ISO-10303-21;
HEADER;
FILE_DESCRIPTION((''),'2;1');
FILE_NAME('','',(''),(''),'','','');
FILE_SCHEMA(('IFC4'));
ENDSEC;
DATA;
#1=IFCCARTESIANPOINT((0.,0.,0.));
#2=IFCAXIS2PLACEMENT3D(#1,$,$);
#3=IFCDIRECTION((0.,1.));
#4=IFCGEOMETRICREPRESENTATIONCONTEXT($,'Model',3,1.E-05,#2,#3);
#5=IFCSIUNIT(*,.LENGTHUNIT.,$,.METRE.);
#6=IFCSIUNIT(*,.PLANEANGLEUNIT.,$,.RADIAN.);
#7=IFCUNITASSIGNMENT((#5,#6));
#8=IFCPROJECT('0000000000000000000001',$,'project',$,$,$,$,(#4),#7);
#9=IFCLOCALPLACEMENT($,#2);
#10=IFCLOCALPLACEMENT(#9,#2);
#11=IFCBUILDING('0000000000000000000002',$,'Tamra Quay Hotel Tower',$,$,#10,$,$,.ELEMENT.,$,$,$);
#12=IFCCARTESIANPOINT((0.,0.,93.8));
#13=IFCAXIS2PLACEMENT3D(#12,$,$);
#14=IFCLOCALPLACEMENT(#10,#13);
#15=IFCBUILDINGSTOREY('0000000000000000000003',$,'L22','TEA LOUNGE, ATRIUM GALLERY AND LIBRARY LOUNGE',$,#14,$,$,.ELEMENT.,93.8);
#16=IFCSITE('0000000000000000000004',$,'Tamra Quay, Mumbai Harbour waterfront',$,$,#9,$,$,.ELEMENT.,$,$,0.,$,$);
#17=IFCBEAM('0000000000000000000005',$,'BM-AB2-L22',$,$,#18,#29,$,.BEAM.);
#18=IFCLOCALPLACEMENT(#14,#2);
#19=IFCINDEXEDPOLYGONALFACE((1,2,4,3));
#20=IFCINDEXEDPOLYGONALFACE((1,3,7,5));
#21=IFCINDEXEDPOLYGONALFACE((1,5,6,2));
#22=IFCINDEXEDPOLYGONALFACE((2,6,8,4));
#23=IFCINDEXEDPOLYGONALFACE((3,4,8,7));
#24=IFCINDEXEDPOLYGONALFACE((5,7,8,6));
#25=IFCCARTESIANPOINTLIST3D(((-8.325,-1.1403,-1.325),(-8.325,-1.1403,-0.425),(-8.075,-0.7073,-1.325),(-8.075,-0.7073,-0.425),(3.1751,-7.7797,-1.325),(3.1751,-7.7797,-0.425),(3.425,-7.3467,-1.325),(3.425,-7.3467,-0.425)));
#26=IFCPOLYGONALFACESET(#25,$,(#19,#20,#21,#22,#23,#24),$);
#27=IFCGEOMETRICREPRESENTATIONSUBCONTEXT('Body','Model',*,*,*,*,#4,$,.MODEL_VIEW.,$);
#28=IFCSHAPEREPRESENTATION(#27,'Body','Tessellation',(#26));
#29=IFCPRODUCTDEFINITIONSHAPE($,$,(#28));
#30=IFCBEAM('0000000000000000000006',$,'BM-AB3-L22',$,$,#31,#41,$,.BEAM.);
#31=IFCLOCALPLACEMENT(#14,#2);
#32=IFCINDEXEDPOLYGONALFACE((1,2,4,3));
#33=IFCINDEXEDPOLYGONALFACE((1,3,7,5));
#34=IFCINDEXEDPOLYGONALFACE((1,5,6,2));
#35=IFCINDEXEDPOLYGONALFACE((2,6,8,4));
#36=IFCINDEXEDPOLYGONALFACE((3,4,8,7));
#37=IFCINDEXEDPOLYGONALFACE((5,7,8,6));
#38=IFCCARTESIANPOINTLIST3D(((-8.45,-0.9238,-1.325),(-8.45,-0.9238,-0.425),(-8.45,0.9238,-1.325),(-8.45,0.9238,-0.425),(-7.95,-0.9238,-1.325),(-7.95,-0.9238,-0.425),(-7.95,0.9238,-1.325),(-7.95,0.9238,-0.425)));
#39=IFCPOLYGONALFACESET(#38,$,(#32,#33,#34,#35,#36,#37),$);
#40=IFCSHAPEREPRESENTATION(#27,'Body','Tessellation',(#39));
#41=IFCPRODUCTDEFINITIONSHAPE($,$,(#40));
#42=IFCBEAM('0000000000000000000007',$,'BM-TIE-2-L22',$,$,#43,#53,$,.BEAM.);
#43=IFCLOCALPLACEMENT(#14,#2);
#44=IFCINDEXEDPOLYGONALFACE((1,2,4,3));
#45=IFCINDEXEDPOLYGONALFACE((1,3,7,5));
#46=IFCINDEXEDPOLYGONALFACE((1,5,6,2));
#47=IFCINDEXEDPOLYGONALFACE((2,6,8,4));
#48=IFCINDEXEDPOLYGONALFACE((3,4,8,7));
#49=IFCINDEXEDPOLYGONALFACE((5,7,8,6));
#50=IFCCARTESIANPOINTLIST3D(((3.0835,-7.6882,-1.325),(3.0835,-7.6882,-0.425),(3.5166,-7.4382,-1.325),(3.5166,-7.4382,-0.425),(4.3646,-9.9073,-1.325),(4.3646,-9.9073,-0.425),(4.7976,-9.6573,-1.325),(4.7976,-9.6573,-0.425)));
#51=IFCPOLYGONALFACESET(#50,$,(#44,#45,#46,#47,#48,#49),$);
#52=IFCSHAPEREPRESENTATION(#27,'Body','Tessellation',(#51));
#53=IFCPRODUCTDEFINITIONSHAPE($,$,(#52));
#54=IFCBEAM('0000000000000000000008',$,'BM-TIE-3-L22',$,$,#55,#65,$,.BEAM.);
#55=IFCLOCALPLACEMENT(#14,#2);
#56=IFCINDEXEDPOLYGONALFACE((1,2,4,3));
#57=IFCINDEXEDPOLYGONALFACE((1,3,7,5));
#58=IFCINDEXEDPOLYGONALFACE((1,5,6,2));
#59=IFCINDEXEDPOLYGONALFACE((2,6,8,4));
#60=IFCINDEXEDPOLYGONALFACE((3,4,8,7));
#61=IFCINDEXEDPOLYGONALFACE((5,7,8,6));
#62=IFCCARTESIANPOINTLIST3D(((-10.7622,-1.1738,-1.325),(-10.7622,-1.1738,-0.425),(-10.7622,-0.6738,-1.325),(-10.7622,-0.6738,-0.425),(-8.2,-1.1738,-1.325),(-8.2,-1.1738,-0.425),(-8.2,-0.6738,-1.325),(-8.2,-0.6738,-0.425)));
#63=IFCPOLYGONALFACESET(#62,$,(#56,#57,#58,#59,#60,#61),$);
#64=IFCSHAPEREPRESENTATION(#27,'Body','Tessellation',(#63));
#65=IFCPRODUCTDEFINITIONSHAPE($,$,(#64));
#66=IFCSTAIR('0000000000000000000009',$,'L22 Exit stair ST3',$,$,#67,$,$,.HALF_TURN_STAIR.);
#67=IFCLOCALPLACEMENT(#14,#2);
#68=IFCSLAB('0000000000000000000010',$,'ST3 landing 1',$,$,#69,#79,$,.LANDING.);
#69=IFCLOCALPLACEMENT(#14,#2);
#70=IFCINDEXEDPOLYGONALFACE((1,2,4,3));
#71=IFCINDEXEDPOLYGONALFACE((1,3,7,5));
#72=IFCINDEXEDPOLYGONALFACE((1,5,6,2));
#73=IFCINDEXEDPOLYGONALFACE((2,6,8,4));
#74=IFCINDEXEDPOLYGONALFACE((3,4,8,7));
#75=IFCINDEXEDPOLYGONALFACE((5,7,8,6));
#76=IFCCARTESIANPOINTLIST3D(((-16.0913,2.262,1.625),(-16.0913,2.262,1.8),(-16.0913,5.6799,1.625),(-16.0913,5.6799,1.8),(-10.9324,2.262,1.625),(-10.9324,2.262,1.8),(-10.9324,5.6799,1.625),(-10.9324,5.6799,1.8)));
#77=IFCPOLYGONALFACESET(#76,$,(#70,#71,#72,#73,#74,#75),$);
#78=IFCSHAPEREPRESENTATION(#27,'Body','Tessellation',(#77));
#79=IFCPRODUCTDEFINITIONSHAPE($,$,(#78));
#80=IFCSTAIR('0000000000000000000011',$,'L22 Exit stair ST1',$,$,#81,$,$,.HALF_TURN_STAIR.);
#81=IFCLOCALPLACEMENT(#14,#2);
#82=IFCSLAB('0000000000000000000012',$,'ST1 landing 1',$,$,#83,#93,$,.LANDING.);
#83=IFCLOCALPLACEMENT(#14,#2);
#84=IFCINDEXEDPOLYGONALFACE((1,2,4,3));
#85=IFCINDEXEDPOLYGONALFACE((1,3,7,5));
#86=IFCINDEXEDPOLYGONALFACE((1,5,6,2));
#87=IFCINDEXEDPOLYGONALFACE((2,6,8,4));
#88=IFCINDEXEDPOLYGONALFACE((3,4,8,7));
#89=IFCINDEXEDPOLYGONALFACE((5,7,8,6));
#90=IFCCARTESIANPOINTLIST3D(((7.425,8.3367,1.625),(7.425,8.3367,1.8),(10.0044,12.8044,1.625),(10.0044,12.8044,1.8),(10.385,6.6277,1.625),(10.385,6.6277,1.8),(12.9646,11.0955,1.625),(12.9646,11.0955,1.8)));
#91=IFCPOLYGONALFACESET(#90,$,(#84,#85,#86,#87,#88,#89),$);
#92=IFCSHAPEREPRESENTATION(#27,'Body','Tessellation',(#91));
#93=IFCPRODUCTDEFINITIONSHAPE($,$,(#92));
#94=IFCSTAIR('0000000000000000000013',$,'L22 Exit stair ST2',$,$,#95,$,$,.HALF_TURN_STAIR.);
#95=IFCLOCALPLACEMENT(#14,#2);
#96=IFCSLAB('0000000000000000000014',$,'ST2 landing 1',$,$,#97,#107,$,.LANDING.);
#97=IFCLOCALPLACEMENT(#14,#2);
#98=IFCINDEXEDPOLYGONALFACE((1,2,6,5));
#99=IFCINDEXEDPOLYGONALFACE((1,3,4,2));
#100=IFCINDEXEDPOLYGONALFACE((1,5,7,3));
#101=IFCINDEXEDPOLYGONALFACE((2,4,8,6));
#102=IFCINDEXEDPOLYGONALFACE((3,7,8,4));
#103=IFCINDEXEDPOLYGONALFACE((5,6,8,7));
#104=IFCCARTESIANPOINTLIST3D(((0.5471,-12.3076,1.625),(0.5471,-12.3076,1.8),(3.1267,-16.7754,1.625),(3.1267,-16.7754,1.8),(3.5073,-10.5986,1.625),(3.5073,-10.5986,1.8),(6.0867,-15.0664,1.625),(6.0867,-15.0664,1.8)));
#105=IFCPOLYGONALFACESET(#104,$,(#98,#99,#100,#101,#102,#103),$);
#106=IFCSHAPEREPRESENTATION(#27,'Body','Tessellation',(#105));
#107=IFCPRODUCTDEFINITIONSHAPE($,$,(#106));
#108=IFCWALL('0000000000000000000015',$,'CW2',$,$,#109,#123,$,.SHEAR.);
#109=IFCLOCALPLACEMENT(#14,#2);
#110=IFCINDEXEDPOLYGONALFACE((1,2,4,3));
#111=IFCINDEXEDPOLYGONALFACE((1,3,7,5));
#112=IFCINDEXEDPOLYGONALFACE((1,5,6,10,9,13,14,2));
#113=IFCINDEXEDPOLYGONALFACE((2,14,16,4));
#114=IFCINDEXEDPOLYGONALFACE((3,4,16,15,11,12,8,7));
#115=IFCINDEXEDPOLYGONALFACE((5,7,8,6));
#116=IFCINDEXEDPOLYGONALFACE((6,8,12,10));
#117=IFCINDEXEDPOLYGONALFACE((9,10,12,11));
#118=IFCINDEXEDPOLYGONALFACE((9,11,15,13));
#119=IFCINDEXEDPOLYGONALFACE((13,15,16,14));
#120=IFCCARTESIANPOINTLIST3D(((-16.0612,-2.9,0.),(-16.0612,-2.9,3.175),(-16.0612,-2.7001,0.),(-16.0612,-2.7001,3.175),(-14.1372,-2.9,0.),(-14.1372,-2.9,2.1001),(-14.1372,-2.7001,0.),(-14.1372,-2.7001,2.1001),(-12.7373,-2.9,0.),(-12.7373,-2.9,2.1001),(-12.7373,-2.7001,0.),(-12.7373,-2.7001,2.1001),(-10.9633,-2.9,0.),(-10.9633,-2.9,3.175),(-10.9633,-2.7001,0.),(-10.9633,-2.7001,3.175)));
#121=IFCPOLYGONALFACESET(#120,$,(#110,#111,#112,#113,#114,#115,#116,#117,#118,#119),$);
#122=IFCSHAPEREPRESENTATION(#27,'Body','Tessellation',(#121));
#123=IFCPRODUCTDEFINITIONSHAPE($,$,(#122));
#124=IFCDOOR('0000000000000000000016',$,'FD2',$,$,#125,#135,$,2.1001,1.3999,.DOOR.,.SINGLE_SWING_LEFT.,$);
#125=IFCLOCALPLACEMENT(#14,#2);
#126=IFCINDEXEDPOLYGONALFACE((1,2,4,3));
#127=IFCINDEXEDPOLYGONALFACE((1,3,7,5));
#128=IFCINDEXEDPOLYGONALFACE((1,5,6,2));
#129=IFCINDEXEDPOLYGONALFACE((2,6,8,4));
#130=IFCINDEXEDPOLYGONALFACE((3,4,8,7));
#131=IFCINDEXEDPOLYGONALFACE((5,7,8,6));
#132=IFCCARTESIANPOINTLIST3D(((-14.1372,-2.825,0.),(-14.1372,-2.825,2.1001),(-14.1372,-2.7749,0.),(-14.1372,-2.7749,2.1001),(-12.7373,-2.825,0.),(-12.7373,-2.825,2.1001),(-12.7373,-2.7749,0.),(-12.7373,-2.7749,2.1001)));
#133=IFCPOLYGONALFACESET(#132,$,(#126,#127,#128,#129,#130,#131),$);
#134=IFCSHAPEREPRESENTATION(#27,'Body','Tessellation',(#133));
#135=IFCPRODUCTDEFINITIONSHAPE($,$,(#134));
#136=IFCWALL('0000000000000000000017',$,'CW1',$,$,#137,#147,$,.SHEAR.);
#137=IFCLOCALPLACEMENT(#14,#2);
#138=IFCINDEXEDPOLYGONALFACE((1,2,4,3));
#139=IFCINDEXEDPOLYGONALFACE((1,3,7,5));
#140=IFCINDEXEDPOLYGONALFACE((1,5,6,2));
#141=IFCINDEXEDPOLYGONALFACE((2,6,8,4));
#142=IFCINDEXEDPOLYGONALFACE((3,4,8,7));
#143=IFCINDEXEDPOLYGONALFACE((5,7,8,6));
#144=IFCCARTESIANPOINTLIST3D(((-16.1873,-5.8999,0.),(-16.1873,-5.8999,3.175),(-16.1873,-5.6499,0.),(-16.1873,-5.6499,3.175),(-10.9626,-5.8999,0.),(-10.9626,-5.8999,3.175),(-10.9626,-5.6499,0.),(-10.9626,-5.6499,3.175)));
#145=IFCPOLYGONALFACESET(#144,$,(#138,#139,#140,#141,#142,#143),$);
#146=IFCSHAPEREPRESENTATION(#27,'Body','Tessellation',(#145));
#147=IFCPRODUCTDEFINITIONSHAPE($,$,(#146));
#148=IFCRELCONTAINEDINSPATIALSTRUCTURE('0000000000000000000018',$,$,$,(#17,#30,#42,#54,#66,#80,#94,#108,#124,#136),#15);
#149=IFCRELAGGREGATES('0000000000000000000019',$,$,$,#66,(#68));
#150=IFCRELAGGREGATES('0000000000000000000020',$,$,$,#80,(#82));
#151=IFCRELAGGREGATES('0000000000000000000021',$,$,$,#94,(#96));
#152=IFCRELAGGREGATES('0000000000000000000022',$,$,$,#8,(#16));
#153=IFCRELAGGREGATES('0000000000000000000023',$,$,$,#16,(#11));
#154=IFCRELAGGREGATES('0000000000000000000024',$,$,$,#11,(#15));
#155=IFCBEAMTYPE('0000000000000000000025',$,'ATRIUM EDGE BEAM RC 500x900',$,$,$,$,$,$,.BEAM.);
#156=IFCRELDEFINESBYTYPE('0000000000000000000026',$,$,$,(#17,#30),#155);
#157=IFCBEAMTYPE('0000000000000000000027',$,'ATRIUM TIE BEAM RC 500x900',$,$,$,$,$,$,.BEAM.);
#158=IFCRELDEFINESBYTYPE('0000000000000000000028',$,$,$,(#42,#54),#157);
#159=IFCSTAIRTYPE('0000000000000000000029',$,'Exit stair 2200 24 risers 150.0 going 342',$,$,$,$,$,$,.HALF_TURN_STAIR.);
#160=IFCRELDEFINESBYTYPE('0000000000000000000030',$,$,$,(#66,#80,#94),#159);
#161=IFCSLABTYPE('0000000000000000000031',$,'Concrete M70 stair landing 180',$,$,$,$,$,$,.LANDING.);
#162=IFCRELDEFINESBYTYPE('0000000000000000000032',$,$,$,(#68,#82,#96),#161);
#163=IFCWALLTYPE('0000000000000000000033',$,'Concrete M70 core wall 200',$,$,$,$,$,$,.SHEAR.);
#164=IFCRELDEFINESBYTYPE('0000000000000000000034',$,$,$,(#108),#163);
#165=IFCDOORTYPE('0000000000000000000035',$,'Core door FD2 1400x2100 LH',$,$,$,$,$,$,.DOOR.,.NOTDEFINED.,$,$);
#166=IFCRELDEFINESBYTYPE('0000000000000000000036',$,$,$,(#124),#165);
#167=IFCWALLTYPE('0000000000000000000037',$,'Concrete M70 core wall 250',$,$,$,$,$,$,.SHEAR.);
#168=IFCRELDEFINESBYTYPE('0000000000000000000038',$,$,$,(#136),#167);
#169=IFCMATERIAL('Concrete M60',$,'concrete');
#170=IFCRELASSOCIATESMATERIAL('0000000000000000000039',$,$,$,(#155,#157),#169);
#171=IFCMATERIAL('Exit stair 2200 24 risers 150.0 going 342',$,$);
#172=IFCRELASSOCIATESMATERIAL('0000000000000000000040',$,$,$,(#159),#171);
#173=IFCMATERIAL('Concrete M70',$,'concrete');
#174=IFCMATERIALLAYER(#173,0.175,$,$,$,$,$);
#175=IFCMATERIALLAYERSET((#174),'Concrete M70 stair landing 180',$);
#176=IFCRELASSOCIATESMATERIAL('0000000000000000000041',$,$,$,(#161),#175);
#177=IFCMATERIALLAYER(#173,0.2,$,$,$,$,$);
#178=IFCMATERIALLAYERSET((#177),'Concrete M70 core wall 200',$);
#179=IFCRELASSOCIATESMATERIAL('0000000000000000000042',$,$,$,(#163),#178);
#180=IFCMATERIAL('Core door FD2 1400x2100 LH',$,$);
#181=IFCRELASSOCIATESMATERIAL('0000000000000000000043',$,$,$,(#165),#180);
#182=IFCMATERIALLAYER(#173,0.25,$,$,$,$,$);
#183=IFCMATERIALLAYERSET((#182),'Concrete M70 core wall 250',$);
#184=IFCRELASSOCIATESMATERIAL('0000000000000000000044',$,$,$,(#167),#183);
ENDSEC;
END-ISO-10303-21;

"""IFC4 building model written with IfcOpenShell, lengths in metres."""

from ifc_helpers import new_model, si_unit, direction, frame, frame_2d, origin, origin_2d, place, context, subcontext, project, spatial, polyline, rectangle, outline, extrude, material, layer, layer_set, material_profile, profile_set, type_object, element, fill, aggregate, save


model = new_model("IFC4")

# Units and contexts
model_context = context("Model", 3, precision=1e-05, world=origin(), true_north=direction((0.0, 1.0)))
body_context = subcontext(model_context, "Body", "Model", "MODEL_VIEW")
ifc_project = project(units=[si_unit("LENGTHUNIT", "METRE"), si_unit("PLANEANGLEUNIT", "RADIAN")], contexts=[model_context])

# Site, building, storey
site_placement = place(None, origin())
site = spatial("IfcSite", under=ifc_project, at=site_placement, Name="Tamra Quay, Mumbai Harbour waterfront", CompositionType="ELEMENT", RefElevation=0.0)
building_placement = place(site_placement, origin())
building = spatial("IfcBuilding", under=site, at=building_placement, Name="Tamra Quay Hotel Tower", CompositionType="ELEMENT")
storey_placement = place(building_placement, frame((0.0, 0.0, 93.8)))
storey = spatial("IfcBuildingStorey", under=building, at=storey_placement, Name="L22", Description="TEA LOUNGE, ATRIUM GALLERY AND LIBRARY LOUNGE", CompositionType="ELEMENT", Elevation=93.8)

# Beams
ifc_material_1 = material(Name="Concrete M60", Category="concrete")
ifc_material_profile_1 = material_profile(ifc_material_1, rectangle(XDim=0.5, YDim=0.8999, at=origin_2d()), Name="ATRIUM EDGE BEAM RC 500x900")
ifc_profile_set_1 = profile_set([ifc_material_profile_1], Name="Concrete M60")
beam_type_1 = type_object("IfcBeamType", Name="ATRIUM EDGE BEAM RC 500x900", PredefinedType="BEAM", material=ifc_profile_set_1)
beam_1_placement = place(storey_placement, frame((3.3, -7.5632, -0.875), z_axis=(-0.866029, 0.499993, 0.0), x_axis=(-0.499993, -0.866029, 0.0)))
element("IfcBeam", 1, at=beam_1_placement, inside=storey, type_object=beam_type_1, Name="BM-AB2-L22", PredefinedType="BEAM", context=body_context, shape_type="SweptSolid", body=[
    extrude(rectangle(XDim=0.5, YDim=0.8999, at=origin_2d()), origin(), (0.0, 0.0, 1.0), 13.2791),
])
beam_2_placement = place(storey_placement, frame((-8.2, -0.9238, -0.875), z_axis=(0.0, 1.0, 0.0), x_axis=(-1.0, 0.0, 0.0)))
element("IfcBeam", 2, at=beam_2_placement, inside=storey, type_object=beam_type_1, Name="BM-AB3-L22", PredefinedType="BEAM", context=body_context, shape_type="SweptSolid", body=[
    extrude(rectangle(XDim=0.5, YDim=0.8999, at=origin_2d()), origin(), (0.0, 0.0, 1.0), 1.8477),
])
ifc_material_profile_2 = material_profile(ifc_material_1, rectangle(XDim=0.5, YDim=0.8999, at=origin_2d()), Name="ATRIUM TIE BEAM RC 500x900")
ifc_profile_set_2 = profile_set([ifc_material_profile_2], Name="Concrete M60")
beam_type_2 = type_object("IfcBeamType", Name="ATRIUM TIE BEAM RC 500x900", PredefinedType="BEAM", material=ifc_profile_set_2)
for number, where, z_axis, x_axis, name in (
    (3, (3.3, -7.5632, -0.875), (0.499962, -0.866048, 0.0), (0.866048, 0.499962, 0.0), "BM-TIE-2-L22"),
    (4, (-8.2, -0.9238, -0.875), (-1.0, 0.0, 0.0), (0.0, -1.0, 0.0), "BM-TIE-3-L22"),
):
    element("IfcBeam", number, at=place(storey_placement, frame(where, z_axis=z_axis, x_axis=x_axis)), inside=storey, type_object=beam_type_2, Name=name, PredefinedType="BEAM", context=body_context, shape_type="SweptSolid", body=[
        extrude(rectangle(XDim=0.5, YDim=0.8999, at=origin_2d()), origin(), (0.0, 0.0, 1.0), 2.5623),
    ])

# Stairs, slabs
ifc_material_2 = material(Name="Exit stair 2200 24 risers 150.0 going 342")
stair_type = type_object("IfcStairType", Name="Exit stair 2200 24 risers 150.0 going 342", PredefinedType="HALF_TURN_STAIR", material=ifc_material_2)
stair_1_placement = place(storey_placement, origin())
stair_1 = element("IfcStair", 5, at=stair_1_placement, inside=storey, type_object=stair_type, Name="L22 Exit stair ST3", PredefinedType="HALF_TURN_STAIR")
ifc_material_3 = material(Name="Concrete M70", Category="concrete")
ifc_layer_1 = layer(ifc_material_3, 0.175)
ifc_layer_set_1 = layer_set([ifc_layer_1], Name="Concrete M70 stair landing 180")
slab_type_1 = type_object("IfcSlabType", Name="Concrete M70 stair landing 180", PredefinedType="LANDING", material=ifc_layer_set_1)
slab_1_placement = place(storey_placement, frame((0.0, 0.0, 1.625)))
slab_1 = element("IfcSlab", 6, at=slab_1_placement, type_object=slab_type_1, Name="ST3 landing 1", PredefinedType="LANDING", context=body_context, shape_type="SweptSolid", body=[
    extrude(outline(polyline([(-10.9324, 2.262), (-10.9324, 5.6799), (-16.0913, 5.6799), (-16.0913, 2.262), (-10.9324, 2.262)])), origin(), (0.0, 0.0, 1.0), 0.175),
])
aggregate(stair_1, [slab_1])
stair_2_placement = place(storey_placement, origin())
stair_2 = element("IfcStair", 7, at=stair_2_placement, inside=storey, type_object=stair_type, Name="L22 Exit stair ST1", PredefinedType="HALF_TURN_STAIR")
slab_2_placement = place(storey_placement, frame((0.0, 0.0, 1.625)))
slab_2 = element("IfcSlab", 8, at=slab_2_placement, type_object=slab_type_1, Name="ST1 landing 1", PredefinedType="LANDING", context=body_context, shape_type="SweptSolid", body=[
    extrude(outline(polyline([(7.425, 8.3367), (10.385, 6.6277), (12.9646, 11.0955), (10.0044, 12.8044), (7.425, 8.3367)])), origin(), (0.0, 0.0, 1.0), 0.175),
])
aggregate(stair_2, [slab_2])
stair_3_placement = place(storey_placement, origin())
stair_3 = element("IfcStair", 9, at=stair_3_placement, inside=storey, type_object=stair_type, Name="L22 Exit stair ST2", PredefinedType="HALF_TURN_STAIR")
slab_3_placement = place(storey_placement, frame((0.0, 0.0, 1.625)))
slab_3 = element("IfcSlab", 10, at=slab_3_placement, type_object=slab_type_1, Name="ST2 landing 1", PredefinedType="LANDING", context=body_context, shape_type="SweptSolid", body=[
    extrude(outline(polyline([(3.5073, -10.5986), (0.5471, -12.3076), (3.1267, -16.7754), (6.0867, -15.0664), (3.5073, -10.5986)])), origin(), (0.0, 0.0, 1.0), 0.175),
])
aggregate(stair_3, [slab_3])

# Wall, opening, door
ifc_layer_2 = layer(ifc_material_3, 0.2)
ifc_layer_set_2 = layer_set([ifc_layer_2], Name="Concrete M70 core wall 200")
wall_type_1 = type_object("IfcWallType", Name="Concrete M70 core wall 200", PredefinedType="SHEAR", material=ifc_layer_set_2)
wall_1_placement = place(storey_placement, frame((-10.9634, -2.8, 0.0), z_axis=(0.0, 0.0, 1.0), x_axis=(-1.0, 0.0, 0.0)))
wall_1 = element("IfcWall", 11, at=wall_1_placement, inside=storey, type_object=wall_type_1, Name="CW2", PredefinedType="SHEAR", context=body_context, shape_type="SweptSolid", body=[
    extrude(rectangle(XDim=5.0979, YDim=0.2, at=frame_2d((2.5488, 0.0))), origin(), (0.0, 0.0, 1.0), 3.175),
])
opening_1_placement = place(wall_1_placement, frame((1.7739, 0.0, 0.0)))
opening_1 = element("IfcOpeningElement", 12, at=opening_1_placement, cuts=wall_1, PredefinedType="OPENING", context=body_context, shape_type="SweptSolid", body=[
    extrude(rectangle(XDim=1.3999, YDim=2.1001, at=frame_2d((0.7, 1.05))), frame((0.0, 0.1099, 0.0), z_axis=(0.0, -1.0, 0.0), x_axis=(1.0, 0.0, 0.0)), (0.0, 0.0, 1.0), 0.22),
])
ifc_material_4 = material(Name="Core door FD2 1400x2100 LH")
door_type_1 = type_object("IfcDoorType", Name="Core door FD2 1400x2100 LH", OperationType="NOTDEFINED", PredefinedType="DOOR", material=ifc_material_4)
door_1_placement = place(opening_1_placement, origin())
door_1 = element("IfcDoor", 13, at=door_1_placement, inside=storey, type_object=door_type_1, Name="FD2", OperationType="SINGLE_SWING_LEFT", OverallHeight=2.1001, OverallWidth=1.3999, PredefinedType="DOOR", context=body_context, shape_type="SweptSolid", body=[
    extrude(rectangle(XDim=1.3999, YDim=2.1001, at=frame_2d((0.7, 1.05))), frame((0.0, 0.0249, 0.0), z_axis=(0.0, -1.0, 0.0), x_axis=(1.0, 0.0, 0.0)), (0.0, 0.0, 1.0), 0.05),
])
fill(opening_1, door_1)

# Wall
ifc_layer_3 = layer(ifc_material_3, 0.25)
ifc_layer_set_3 = layer_set([ifc_layer_3], Name="Concrete M70 core wall 250")
wall_type_2 = type_object("IfcWallType", Name="Concrete M70 core wall 250", PredefinedType="SHEAR", material=ifc_layer_set_3)
wall_2_placement = place(storey_placement, frame((-10.9626, -5.7749, 0.0), z_axis=(0.0, 0.0, 1.0), x_axis=(-1.0, 0.0, 0.0)))
element("IfcWall", 14, at=wall_2_placement, inside=storey, type_object=wall_type_2, Name="CW1", PredefinedType="SHEAR", context=body_context, shape_type="SweptSolid", body=[
    extrude(rectangle(XDim=5.2246, YDim=0.25, at=frame_2d((2.6123, 0.0))), origin(), (0.0, 0.0, 1.0), 3.175),
])

save(model, "model.ifc")
